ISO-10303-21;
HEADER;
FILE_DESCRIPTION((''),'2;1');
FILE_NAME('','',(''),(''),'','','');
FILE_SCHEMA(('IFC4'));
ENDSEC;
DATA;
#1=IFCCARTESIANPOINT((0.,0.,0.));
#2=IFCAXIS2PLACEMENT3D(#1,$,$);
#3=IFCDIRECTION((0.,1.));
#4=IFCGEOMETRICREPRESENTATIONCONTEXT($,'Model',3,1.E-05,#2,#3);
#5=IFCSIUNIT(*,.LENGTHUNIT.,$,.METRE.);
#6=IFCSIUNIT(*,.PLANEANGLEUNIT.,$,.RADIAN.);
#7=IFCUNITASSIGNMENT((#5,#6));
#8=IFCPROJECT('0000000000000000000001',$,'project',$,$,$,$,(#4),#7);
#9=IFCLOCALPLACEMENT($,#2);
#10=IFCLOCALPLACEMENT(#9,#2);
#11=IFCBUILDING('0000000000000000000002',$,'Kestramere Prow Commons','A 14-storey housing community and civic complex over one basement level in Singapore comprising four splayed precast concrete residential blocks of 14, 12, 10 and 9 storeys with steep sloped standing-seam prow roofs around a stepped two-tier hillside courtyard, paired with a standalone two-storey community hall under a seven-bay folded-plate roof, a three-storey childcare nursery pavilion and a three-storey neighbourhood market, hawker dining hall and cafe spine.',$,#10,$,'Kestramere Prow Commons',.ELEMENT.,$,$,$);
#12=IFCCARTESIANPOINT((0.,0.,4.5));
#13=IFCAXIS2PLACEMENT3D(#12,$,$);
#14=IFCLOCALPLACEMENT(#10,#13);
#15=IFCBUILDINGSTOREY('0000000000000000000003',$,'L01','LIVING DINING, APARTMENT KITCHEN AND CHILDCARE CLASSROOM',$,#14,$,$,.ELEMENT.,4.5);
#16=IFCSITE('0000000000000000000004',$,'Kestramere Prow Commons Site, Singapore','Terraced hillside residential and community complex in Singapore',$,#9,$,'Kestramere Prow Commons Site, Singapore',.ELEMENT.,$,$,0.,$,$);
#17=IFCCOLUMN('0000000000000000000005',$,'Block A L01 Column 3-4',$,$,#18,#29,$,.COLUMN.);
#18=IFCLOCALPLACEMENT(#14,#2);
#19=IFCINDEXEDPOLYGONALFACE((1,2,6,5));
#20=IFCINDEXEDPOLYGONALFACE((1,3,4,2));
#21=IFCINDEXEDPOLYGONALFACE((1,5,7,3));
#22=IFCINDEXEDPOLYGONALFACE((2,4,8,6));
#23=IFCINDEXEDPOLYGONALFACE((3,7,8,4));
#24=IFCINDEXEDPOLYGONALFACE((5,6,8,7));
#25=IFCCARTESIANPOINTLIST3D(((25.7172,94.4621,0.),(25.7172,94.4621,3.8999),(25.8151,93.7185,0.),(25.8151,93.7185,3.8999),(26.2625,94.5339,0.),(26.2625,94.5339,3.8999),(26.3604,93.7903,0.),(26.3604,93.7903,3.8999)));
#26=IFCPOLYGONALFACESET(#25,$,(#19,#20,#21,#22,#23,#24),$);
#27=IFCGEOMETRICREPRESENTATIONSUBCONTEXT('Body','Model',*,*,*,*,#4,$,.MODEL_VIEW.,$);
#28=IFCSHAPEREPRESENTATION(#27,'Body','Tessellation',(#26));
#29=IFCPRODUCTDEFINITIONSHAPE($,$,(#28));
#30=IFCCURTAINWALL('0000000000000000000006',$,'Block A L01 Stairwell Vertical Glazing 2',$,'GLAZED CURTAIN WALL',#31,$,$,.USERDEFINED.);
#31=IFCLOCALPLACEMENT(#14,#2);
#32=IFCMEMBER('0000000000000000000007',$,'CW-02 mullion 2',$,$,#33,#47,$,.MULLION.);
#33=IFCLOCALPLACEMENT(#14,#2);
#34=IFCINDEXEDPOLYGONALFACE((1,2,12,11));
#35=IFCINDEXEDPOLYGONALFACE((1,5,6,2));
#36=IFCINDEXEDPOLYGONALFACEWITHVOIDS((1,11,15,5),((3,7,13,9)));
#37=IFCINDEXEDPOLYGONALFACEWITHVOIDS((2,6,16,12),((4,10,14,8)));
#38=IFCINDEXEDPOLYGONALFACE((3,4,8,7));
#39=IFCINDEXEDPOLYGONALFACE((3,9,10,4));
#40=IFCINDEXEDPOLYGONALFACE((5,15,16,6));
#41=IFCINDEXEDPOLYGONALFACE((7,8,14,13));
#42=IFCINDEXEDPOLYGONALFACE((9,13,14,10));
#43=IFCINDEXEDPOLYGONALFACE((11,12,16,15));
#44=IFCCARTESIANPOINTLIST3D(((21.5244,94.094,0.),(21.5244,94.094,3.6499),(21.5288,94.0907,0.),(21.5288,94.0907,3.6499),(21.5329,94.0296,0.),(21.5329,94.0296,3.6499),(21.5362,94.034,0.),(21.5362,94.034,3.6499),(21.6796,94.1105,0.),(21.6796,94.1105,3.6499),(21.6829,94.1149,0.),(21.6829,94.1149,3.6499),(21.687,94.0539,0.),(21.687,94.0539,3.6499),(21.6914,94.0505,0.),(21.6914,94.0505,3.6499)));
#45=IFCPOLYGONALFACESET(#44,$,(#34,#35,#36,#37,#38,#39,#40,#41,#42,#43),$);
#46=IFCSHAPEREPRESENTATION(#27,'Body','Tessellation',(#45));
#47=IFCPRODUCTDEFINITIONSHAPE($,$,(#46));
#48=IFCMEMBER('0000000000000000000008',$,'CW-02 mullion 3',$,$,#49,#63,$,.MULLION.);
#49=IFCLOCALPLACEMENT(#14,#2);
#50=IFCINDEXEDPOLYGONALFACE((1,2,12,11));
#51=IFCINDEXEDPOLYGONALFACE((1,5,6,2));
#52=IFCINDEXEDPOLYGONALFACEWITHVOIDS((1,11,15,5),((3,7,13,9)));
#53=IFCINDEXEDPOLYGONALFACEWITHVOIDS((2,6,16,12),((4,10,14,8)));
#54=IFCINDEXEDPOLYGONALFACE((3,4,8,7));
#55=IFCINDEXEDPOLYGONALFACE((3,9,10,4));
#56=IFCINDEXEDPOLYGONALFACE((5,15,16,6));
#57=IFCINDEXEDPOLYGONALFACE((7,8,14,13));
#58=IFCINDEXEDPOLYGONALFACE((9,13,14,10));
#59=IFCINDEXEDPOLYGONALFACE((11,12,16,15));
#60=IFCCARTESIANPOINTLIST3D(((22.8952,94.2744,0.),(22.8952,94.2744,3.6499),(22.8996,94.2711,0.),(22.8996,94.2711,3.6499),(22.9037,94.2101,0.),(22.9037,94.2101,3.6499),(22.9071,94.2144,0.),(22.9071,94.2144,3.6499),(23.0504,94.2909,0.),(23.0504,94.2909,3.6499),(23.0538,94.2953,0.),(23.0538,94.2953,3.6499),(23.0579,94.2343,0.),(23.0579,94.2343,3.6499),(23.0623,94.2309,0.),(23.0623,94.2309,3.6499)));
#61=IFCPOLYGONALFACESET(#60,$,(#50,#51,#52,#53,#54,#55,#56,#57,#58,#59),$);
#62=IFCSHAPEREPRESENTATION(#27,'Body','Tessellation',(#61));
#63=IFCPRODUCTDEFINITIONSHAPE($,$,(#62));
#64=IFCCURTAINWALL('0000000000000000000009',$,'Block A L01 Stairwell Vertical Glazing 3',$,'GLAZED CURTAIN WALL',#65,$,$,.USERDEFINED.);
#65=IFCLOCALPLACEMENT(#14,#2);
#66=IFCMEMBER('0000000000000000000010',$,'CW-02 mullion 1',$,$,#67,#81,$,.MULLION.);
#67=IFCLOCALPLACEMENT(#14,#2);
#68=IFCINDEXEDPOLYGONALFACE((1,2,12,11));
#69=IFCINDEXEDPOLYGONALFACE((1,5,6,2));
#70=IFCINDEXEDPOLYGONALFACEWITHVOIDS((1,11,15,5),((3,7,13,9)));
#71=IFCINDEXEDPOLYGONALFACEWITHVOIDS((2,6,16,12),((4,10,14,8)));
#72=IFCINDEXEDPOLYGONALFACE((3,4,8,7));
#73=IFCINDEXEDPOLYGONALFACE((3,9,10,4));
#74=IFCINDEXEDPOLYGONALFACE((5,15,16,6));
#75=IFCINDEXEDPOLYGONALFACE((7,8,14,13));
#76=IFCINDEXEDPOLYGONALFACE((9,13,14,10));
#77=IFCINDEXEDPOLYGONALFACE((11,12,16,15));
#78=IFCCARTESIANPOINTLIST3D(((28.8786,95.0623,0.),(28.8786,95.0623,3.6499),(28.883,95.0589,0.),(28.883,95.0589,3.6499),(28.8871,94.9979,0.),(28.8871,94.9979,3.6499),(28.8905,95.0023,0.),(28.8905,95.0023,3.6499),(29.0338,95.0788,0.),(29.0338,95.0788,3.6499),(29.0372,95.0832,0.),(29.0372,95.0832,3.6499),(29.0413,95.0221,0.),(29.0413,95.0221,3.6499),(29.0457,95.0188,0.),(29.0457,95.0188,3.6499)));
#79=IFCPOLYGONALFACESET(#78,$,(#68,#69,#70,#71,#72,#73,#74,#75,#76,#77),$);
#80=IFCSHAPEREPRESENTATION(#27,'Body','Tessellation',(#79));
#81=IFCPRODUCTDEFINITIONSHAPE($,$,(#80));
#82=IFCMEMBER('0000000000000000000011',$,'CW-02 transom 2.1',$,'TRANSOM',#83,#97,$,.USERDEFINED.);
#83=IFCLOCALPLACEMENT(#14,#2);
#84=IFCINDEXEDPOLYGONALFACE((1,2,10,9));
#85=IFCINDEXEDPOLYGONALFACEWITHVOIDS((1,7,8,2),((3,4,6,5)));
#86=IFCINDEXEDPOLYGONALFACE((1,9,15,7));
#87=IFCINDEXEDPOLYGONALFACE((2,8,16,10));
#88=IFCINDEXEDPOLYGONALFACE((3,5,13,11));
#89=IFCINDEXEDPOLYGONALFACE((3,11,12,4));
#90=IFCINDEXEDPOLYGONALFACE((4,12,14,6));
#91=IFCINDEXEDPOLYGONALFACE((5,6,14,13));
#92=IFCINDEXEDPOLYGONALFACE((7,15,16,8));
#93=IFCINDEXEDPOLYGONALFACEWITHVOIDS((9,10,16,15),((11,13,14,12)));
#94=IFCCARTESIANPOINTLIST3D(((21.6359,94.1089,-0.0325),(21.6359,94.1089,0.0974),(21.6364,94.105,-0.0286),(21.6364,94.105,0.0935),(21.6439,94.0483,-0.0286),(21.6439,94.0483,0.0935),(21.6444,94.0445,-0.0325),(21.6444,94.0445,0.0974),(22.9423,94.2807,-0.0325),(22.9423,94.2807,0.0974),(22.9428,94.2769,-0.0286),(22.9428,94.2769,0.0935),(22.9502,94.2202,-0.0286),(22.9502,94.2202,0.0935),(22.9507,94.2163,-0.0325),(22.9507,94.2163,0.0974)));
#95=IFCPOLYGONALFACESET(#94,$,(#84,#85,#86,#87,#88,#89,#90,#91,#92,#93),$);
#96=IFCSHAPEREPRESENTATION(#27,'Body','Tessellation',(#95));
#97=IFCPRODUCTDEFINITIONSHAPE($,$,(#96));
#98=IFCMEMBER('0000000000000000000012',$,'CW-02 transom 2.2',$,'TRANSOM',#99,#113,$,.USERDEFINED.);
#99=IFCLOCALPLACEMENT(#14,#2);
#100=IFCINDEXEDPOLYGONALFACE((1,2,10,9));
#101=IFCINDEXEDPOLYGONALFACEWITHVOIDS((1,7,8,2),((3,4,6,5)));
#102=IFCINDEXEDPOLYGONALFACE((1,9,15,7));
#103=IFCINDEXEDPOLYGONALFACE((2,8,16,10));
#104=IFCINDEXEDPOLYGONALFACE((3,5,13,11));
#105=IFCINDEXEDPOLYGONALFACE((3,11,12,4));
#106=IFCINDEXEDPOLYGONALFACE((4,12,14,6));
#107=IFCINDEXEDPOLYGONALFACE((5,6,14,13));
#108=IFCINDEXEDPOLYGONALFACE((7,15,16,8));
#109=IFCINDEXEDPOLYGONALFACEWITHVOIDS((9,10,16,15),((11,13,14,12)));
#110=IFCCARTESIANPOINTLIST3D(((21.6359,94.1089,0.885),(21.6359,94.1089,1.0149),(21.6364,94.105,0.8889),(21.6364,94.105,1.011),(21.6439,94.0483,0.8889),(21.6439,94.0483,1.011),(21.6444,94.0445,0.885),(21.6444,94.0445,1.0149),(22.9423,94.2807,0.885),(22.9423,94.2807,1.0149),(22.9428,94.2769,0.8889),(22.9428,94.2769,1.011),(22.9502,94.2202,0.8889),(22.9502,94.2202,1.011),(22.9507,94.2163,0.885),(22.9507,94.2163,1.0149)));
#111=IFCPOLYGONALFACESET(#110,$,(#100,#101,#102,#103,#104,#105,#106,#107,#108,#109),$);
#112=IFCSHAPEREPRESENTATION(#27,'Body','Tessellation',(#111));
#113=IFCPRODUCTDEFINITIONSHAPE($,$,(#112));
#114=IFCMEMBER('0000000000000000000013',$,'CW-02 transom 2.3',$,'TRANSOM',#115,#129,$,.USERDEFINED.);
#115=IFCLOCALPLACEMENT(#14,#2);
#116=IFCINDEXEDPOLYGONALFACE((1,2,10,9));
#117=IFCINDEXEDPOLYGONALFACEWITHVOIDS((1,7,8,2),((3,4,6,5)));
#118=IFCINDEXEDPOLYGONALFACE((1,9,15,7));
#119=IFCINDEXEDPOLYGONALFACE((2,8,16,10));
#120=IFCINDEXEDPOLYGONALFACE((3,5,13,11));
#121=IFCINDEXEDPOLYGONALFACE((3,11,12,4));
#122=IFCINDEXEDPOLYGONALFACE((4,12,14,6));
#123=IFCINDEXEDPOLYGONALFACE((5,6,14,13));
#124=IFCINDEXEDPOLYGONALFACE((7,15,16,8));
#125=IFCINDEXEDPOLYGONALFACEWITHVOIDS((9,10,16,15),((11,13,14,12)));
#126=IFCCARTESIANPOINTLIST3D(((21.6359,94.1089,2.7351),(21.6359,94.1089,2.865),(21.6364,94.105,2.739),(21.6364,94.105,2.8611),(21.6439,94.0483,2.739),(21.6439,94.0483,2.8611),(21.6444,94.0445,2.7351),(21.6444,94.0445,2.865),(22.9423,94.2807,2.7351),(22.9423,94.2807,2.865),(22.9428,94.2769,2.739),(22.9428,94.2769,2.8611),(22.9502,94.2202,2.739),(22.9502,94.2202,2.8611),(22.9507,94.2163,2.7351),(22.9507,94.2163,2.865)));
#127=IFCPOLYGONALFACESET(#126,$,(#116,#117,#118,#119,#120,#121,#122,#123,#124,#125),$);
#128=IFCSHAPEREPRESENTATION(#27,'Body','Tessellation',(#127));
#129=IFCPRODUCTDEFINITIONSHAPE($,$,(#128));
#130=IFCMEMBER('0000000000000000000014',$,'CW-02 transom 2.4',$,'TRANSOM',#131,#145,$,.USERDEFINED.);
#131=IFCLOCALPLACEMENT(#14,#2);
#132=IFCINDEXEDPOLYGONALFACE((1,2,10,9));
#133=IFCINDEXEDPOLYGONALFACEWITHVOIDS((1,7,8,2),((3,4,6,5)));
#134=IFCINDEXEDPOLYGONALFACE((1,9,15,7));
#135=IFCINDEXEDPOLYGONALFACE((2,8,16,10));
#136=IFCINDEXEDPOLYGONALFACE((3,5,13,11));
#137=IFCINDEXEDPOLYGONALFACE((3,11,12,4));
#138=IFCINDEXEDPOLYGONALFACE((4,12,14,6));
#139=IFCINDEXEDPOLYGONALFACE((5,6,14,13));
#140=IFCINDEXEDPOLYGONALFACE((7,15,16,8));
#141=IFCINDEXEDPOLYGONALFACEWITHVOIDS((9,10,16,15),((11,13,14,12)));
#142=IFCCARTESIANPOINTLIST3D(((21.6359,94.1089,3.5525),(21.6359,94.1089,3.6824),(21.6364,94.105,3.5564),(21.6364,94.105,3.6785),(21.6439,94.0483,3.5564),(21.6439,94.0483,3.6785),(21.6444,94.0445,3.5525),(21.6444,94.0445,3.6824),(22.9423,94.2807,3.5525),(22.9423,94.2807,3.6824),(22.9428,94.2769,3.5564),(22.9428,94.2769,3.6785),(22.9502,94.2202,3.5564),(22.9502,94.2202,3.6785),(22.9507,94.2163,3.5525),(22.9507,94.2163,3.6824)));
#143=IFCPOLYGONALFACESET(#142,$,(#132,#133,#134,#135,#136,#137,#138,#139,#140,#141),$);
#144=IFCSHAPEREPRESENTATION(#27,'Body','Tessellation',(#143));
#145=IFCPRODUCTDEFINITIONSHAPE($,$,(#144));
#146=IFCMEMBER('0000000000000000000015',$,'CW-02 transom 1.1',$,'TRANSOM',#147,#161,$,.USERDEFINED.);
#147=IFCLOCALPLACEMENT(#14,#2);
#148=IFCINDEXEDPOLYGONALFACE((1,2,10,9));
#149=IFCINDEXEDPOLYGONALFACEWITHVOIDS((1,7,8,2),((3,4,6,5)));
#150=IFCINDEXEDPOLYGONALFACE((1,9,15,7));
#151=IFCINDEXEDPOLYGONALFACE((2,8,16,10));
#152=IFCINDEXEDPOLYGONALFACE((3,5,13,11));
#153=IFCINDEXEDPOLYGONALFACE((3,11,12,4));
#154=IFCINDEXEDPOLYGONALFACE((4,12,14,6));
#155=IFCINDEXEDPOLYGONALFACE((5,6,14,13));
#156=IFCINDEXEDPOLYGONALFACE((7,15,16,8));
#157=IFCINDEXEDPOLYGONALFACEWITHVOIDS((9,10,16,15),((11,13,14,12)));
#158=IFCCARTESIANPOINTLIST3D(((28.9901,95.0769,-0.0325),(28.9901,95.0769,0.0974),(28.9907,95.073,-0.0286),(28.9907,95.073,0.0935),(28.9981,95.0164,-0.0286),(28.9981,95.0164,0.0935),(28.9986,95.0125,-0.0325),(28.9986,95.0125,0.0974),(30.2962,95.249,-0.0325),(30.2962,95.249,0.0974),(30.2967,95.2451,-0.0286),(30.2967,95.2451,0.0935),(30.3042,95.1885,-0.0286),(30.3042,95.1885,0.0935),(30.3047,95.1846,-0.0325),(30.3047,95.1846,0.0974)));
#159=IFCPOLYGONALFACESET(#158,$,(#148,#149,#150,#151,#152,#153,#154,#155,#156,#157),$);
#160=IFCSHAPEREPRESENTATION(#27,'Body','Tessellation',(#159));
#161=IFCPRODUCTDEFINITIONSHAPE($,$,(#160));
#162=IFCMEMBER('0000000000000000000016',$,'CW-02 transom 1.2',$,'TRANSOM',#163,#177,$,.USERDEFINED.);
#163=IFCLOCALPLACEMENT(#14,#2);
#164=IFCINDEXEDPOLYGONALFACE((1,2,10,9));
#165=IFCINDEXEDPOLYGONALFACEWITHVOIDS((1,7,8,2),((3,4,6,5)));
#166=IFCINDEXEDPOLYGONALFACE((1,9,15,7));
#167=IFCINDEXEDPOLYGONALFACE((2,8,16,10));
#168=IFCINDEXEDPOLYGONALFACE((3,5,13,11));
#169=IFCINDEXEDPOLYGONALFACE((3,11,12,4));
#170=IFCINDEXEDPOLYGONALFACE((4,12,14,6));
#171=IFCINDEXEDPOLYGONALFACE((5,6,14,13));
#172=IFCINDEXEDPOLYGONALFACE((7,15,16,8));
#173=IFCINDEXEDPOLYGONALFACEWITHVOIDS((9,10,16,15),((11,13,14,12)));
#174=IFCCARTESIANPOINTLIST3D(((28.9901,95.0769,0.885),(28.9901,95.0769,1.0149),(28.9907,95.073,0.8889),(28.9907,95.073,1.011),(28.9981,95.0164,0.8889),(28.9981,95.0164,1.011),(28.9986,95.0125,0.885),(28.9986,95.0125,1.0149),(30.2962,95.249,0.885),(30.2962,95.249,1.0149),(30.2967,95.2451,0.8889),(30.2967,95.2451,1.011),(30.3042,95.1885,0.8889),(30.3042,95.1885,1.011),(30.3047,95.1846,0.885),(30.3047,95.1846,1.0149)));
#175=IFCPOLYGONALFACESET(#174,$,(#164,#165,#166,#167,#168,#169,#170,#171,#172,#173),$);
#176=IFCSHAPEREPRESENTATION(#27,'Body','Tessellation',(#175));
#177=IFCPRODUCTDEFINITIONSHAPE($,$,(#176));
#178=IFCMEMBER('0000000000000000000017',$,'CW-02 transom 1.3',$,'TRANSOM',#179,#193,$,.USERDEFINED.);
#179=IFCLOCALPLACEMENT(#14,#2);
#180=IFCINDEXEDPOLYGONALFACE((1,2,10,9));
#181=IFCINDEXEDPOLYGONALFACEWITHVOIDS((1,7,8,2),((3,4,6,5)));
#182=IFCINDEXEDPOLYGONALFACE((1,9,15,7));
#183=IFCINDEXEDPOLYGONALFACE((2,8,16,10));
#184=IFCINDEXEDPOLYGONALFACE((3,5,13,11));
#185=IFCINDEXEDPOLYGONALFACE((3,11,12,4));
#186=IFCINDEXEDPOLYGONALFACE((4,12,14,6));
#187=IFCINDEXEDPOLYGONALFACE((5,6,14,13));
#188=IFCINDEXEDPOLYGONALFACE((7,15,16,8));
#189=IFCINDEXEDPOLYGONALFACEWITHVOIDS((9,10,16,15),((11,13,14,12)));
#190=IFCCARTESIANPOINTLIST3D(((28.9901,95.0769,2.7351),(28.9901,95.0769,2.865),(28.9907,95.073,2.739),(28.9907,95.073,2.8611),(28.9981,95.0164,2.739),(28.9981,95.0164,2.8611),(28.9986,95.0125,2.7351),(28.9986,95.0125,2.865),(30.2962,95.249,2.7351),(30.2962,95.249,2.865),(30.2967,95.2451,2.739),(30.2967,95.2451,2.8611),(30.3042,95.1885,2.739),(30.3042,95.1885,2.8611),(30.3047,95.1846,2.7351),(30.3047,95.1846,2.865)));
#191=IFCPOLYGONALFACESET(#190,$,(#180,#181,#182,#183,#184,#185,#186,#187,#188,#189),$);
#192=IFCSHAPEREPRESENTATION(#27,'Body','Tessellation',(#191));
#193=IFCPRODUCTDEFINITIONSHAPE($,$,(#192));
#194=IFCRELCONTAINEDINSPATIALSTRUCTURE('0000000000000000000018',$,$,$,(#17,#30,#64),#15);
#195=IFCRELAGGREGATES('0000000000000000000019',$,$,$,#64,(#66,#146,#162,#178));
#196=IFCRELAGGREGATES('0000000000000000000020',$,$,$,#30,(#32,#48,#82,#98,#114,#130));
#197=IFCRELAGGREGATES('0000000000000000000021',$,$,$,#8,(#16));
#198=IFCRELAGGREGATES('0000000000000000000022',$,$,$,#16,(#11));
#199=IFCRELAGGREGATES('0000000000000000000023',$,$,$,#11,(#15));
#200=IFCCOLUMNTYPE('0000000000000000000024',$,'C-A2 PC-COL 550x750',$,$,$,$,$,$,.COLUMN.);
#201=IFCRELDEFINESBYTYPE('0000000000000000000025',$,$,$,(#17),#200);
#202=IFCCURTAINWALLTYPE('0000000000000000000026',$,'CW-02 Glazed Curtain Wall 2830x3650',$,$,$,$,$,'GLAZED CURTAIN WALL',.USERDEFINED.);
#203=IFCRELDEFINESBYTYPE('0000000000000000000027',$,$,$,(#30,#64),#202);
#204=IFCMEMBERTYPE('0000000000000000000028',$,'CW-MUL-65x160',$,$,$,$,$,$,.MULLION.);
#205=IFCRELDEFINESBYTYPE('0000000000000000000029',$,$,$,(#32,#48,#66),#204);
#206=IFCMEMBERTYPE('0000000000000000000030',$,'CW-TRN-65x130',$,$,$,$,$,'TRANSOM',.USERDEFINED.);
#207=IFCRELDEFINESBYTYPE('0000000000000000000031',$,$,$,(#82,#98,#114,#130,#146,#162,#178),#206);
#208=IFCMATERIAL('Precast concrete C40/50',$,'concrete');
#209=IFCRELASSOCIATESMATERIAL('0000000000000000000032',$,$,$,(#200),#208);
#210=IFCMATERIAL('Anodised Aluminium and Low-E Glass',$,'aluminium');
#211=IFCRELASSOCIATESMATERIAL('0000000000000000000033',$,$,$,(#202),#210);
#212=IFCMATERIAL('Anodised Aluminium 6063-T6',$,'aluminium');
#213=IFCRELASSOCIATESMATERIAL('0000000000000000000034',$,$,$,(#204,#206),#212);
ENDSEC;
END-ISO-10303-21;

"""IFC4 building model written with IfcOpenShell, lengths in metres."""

from ifc_helpers import new_model, si_unit, direction, frame, origin, origin_2d, place, context, subcontext, project, spatial, rectangle, hollow_rectangle, extrude, material, material_profile, profile_set, type_object, element, aggregate, save


model = new_model("IFC4")

# Units and contexts
model_context = context("Model", 3, precision=1e-05, world=origin(), true_north=direction((0.0, 1.0)))
body_context = subcontext(model_context, "Body", "Model", "MODEL_VIEW")
ifc_project = project(units=[si_unit("LENGTHUNIT", "METRE"), si_unit("PLANEANGLEUNIT", "RADIAN")], contexts=[model_context])

# Site, building, storey
site_placement = place(None, origin())
site = spatial("IfcSite", under=ifc_project, at=site_placement, Name="Kestramere Prow Commons Site, Singapore", Description="Terraced hillside residential and community complex in Singapore", LongName="Kestramere Prow Commons Site, Singapore", CompositionType="ELEMENT", RefElevation=0.0)
building_placement = place(site_placement, origin())
building = spatial("IfcBuilding", under=site, at=building_placement, Name="Kestramere Prow Commons", Description="A 14-storey housing community and civic complex over one basement level in Singapore comprising four splayed precast concrete residential blocks of 14, 12, 10 and 9 storeys with steep sloped standing-seam prow roofs around a stepped two-tier hillside courtyard, paired with a standalone two-storey community hall under a seven-bay folded-plate roof, a three-storey childcare nursery pavilion and a three-storey neighbourhood market, hawker dining hall and cafe spine.", LongName="Kestramere Prow Commons", CompositionType="ELEMENT")
storey_placement = place(building_placement, frame((0.0, 0.0, 4.5)))
storey = spatial("IfcBuildingStorey", under=building, at=storey_placement, Name="L01", Description="LIVING DINING, APARTMENT KITCHEN AND CHILDCARE CLASSROOM", CompositionType="ELEMENT", Elevation=4.5)

# Column
ifc_material_1 = material(Name="Precast concrete C40/50", Category="concrete")
ifc_material_profile_1 = material_profile(ifc_material_1, rectangle(XDim=0.55, YDim=0.75, at=origin_2d()), Name="PC-COL 550x750")
ifc_profile_set_1 = profile_set([ifc_material_profile_1], Name="Precast concrete C40/50")
column_type = type_object("IfcColumnType", Name="C-A2 PC-COL 550x750", PredefinedType="COLUMN", material=ifc_profile_set_1)
column_placement = place(storey_placement, frame((26.0388, 94.1262, 0.0), z_axis=(0.0, 0.0, 1.0), x_axis=(0.991445, 0.130526, 0.0)))
element("IfcColumn", 1, at=column_placement, inside=storey, type_object=column_type, Name="Block A L01 Column 3-4", PredefinedType="COLUMN", context=body_context, shape_type="SweptSolid", body=[
    extrude(rectangle(XDim=0.55, YDim=0.75, at=origin_2d()), origin(), (0.0, 0.0, 1.0), 3.8999),
])

# Curtain wall, members
ifc_material_2 = material(Name="Anodised Aluminium and Low-E Glass", Category="aluminium")
curtain_wall_type = type_object("IfcCurtainWallType", Name="CW-02 Glazed Curtain Wall 2830x3650", ElementType="GLAZED CURTAIN WALL", PredefinedType="USERDEFINED", material=ifc_material_2)
curtain_wall_1_placement = place(storey_placement, origin())
curtain_wall_1 = element("IfcCurtainWall", 2, at=curtain_wall_1_placement, inside=storey, type_object=curtain_wall_type, Name="Block A L01 Stairwell Vertical Glazing 2", ObjectType="GLAZED CURTAIN WALL", PredefinedType="USERDEFINED")
ifc_material_3 = material(Name="Anodised Aluminium 6063-T6", Category="aluminium")
ifc_material_profile_2 = material_profile(ifc_material_3, hollow_rectangle(XDim=0.0649, YDim=0.1599, WallThickness=0.0039, at=origin_2d()), Name="ALU-MUL 65x160")
ifc_profile_set_2 = profile_set([ifc_material_profile_2], Name="Anodised Aluminium 6063-T6")
member_type_1 = type_object("IfcMemberType", Name="CW-MUL-65x160", PredefinedType="MULLION", material=ifc_profile_set_2)
member_1_placement = place(storey_placement, frame((21.6079, 94.0723, 0.0), z_axis=(0.0, 0.0, 1.0), x_axis=(-0.130526, 0.991445, 0.0)))
member_1 = element("IfcMember", 3, at=member_1_placement, type_object=member_type_1, Name="CW-02 mullion 2", PredefinedType="MULLION", context=body_context, shape_type="SweptSolid", body=[
    extrude(hollow_rectangle(XDim=0.0649, YDim=0.1599, WallThickness=0.0039, at=origin_2d()), origin(), (0.0, 0.0, 1.0), 3.6499),
])
member_2_placement = place(storey_placement, frame((22.9788, 94.2527, 0.0), z_axis=(0.0, 0.0, 1.0), x_axis=(-0.130526, 0.991445, 0.0)))
member_2 = element("IfcMember", 4, at=member_2_placement, type_object=member_type_1, Name="CW-02 mullion 3", PredefinedType="MULLION", context=body_context, shape_type="SweptSolid", body=[
    extrude(hollow_rectangle(XDim=0.0649, YDim=0.1599, WallThickness=0.0039, at=origin_2d()), origin(), (0.0, 0.0, 1.0), 3.6499),
])

# Curtain wall, member
curtain_wall_2_placement = place(storey_placement, origin())
curtain_wall_2 = element("IfcCurtainWall", 5, at=curtain_wall_2_placement, inside=storey, type_object=curtain_wall_type, Name="Block A L01 Stairwell Vertical Glazing 3", ObjectType="GLAZED CURTAIN WALL", PredefinedType="USERDEFINED")
member_3_placement = place(storey_placement, frame((28.9622, 95.0405, 0.0), z_axis=(0.0, 0.0, 1.0), x_axis=(-0.130526, 0.991445, 0.0)))
member_3 = element("IfcMember", 6, at=member_3_placement, type_object=member_type_1, Name="CW-02 mullion 1", PredefinedType="MULLION", context=body_context, shape_type="SweptSolid", body=[
    extrude(hollow_rectangle(XDim=0.0649, YDim=0.1599, WallThickness=0.0039, at=origin_2d()), origin(), (0.0, 0.0, 1.0), 3.6499),
])

# Members
ifc_material_profile_3 = material_profile(ifc_material_3, hollow_rectangle(XDim=0.0649, YDim=0.1299, WallThickness=0.0039, at=origin_2d()), Name="ALU-TRN 65x130")
ifc_profile_set_3 = profile_set([ifc_material_profile_3], Name="Anodised Aluminium 6063-T6")
member_type_2 = type_object("IfcMemberType", Name="CW-TRN-65x130", ElementType="TRANSOM", PredefinedType="USERDEFINED", material=ifc_profile_set_3)
member_4_placement = place(storey_placement, frame((21.6401, 94.0767, 0.0325), z_axis=(0.991456, 0.13044, 0.0), x_axis=(-0.13044, 0.991456, 0.0)))
member_4 = element("IfcMember", 7, at=member_4_placement, type_object=member_type_2, Name="CW-02 transom 2.1", ObjectType="TRANSOM", PredefinedType="USERDEFINED", context=body_context, shape_type="SweptSolid", body=[
    extrude(hollow_rectangle(XDim=0.0649, YDim=0.1299, WallThickness=0.0039, at=origin_2d()), origin(), (0.0, 0.0, 1.0), 1.3176),
])
member_5_placement = place(storey_placement, frame((21.6401, 94.0767, 0.95), z_axis=(0.991456, 0.13044, 0.0), x_axis=(-0.13044, 0.991456, 0.0)))
member_5 = element("IfcMember", 8, at=member_5_placement, type_object=member_type_2, Name="CW-02 transom 2.2", ObjectType="TRANSOM", PredefinedType="USERDEFINED", context=body_context, shape_type="SweptSolid", body=[
    extrude(hollow_rectangle(XDim=0.0649, YDim=0.1299, WallThickness=0.0039, at=origin_2d()), origin(), (0.0, 0.0, 1.0), 1.3176),
])
member_6_placement = place(storey_placement, frame((21.6401, 94.0767, 2.8), z_axis=(0.991456, 0.13044, 0.0), x_axis=(-0.13044, 0.991456, 0.0)))
member_6 = element("IfcMember", 9, at=member_6_placement, type_object=member_type_2, Name="CW-02 transom 2.3", ObjectType="TRANSOM", PredefinedType="USERDEFINED", context=body_context, shape_type="SweptSolid", body=[
    extrude(hollow_rectangle(XDim=0.0649, YDim=0.1299, WallThickness=0.0039, at=origin_2d()), origin(), (0.0, 0.0, 1.0), 1.3176),
])
member_7_placement = place(storey_placement, frame((21.6401, 94.0767, 3.6174), z_axis=(0.991456, 0.13044, 0.0), x_axis=(-0.13044, 0.991456, 0.0)))
member_7 = element("IfcMember", 10, at=member_7_placement, type_object=member_type_2, Name="CW-02 transom 2.4", ObjectType="TRANSOM", PredefinedType="USERDEFINED", context=body_context, shape_type="SweptSolid", body=[
    extrude(hollow_rectangle(XDim=0.0649, YDim=0.1299, WallThickness=0.0039, at=origin_2d()), origin(), (0.0, 0.0, 1.0), 1.3176),
])
member_8_placement = place(storey_placement, frame((28.9944, 95.0447, 0.0325), z_axis=(0.991429, 0.130646, 0.0), x_axis=(-0.130646, 0.991429, 0.0)))
member_8 = element("IfcMember", 11, at=member_8_placement, type_object=member_type_2, Name="CW-02 transom 1.1", ObjectType="TRANSOM", PredefinedType="USERDEFINED", context=body_context, shape_type="SweptSolid", body=[
    extrude(hollow_rectangle(XDim=0.0649, YDim=0.1299, WallThickness=0.0039, at=origin_2d()), origin(), (0.0, 0.0, 1.0), 1.3174),
])
member_9_placement = place(storey_placement, frame((28.9944, 95.0447, 0.95), z_axis=(0.991429, 0.130646, 0.0), x_axis=(-0.130646, 0.991429, 0.0)))
member_9 = element("IfcMember", 12, at=member_9_placement, type_object=member_type_2, Name="CW-02 transom 1.2", ObjectType="TRANSOM", PredefinedType="USERDEFINED", context=body_context, shape_type="SweptSolid", body=[
    extrude(hollow_rectangle(XDim=0.0649, YDim=0.1299, WallThickness=0.0039, at=origin_2d()), origin(), (0.0, 0.0, 1.0), 1.3174),
])
member_10_placement = place(storey_placement, frame((28.9944, 95.0447, 2.8), z_axis=(0.991429, 0.130646, 0.0), x_axis=(-0.130646, 0.991429, 0.0)))
member_10 = element("IfcMember", 13, at=member_10_placement, type_object=member_type_2, Name="CW-02 transom 1.3", ObjectType="TRANSOM", PredefinedType="USERDEFINED", context=body_context, shape_type="SweptSolid", body=[
    extrude(hollow_rectangle(XDim=0.0649, YDim=0.1299, WallThickness=0.0039, at=origin_2d()), origin(), (0.0, 0.0, 1.0), 1.3174),
])
aggregate(curtain_wall_2, [member_3, member_8, member_9, member_10])

aggregate(curtain_wall_1, [member_1, member_2, member_4, member_5, member_6, member_7])

save(model, "model.ifc")
